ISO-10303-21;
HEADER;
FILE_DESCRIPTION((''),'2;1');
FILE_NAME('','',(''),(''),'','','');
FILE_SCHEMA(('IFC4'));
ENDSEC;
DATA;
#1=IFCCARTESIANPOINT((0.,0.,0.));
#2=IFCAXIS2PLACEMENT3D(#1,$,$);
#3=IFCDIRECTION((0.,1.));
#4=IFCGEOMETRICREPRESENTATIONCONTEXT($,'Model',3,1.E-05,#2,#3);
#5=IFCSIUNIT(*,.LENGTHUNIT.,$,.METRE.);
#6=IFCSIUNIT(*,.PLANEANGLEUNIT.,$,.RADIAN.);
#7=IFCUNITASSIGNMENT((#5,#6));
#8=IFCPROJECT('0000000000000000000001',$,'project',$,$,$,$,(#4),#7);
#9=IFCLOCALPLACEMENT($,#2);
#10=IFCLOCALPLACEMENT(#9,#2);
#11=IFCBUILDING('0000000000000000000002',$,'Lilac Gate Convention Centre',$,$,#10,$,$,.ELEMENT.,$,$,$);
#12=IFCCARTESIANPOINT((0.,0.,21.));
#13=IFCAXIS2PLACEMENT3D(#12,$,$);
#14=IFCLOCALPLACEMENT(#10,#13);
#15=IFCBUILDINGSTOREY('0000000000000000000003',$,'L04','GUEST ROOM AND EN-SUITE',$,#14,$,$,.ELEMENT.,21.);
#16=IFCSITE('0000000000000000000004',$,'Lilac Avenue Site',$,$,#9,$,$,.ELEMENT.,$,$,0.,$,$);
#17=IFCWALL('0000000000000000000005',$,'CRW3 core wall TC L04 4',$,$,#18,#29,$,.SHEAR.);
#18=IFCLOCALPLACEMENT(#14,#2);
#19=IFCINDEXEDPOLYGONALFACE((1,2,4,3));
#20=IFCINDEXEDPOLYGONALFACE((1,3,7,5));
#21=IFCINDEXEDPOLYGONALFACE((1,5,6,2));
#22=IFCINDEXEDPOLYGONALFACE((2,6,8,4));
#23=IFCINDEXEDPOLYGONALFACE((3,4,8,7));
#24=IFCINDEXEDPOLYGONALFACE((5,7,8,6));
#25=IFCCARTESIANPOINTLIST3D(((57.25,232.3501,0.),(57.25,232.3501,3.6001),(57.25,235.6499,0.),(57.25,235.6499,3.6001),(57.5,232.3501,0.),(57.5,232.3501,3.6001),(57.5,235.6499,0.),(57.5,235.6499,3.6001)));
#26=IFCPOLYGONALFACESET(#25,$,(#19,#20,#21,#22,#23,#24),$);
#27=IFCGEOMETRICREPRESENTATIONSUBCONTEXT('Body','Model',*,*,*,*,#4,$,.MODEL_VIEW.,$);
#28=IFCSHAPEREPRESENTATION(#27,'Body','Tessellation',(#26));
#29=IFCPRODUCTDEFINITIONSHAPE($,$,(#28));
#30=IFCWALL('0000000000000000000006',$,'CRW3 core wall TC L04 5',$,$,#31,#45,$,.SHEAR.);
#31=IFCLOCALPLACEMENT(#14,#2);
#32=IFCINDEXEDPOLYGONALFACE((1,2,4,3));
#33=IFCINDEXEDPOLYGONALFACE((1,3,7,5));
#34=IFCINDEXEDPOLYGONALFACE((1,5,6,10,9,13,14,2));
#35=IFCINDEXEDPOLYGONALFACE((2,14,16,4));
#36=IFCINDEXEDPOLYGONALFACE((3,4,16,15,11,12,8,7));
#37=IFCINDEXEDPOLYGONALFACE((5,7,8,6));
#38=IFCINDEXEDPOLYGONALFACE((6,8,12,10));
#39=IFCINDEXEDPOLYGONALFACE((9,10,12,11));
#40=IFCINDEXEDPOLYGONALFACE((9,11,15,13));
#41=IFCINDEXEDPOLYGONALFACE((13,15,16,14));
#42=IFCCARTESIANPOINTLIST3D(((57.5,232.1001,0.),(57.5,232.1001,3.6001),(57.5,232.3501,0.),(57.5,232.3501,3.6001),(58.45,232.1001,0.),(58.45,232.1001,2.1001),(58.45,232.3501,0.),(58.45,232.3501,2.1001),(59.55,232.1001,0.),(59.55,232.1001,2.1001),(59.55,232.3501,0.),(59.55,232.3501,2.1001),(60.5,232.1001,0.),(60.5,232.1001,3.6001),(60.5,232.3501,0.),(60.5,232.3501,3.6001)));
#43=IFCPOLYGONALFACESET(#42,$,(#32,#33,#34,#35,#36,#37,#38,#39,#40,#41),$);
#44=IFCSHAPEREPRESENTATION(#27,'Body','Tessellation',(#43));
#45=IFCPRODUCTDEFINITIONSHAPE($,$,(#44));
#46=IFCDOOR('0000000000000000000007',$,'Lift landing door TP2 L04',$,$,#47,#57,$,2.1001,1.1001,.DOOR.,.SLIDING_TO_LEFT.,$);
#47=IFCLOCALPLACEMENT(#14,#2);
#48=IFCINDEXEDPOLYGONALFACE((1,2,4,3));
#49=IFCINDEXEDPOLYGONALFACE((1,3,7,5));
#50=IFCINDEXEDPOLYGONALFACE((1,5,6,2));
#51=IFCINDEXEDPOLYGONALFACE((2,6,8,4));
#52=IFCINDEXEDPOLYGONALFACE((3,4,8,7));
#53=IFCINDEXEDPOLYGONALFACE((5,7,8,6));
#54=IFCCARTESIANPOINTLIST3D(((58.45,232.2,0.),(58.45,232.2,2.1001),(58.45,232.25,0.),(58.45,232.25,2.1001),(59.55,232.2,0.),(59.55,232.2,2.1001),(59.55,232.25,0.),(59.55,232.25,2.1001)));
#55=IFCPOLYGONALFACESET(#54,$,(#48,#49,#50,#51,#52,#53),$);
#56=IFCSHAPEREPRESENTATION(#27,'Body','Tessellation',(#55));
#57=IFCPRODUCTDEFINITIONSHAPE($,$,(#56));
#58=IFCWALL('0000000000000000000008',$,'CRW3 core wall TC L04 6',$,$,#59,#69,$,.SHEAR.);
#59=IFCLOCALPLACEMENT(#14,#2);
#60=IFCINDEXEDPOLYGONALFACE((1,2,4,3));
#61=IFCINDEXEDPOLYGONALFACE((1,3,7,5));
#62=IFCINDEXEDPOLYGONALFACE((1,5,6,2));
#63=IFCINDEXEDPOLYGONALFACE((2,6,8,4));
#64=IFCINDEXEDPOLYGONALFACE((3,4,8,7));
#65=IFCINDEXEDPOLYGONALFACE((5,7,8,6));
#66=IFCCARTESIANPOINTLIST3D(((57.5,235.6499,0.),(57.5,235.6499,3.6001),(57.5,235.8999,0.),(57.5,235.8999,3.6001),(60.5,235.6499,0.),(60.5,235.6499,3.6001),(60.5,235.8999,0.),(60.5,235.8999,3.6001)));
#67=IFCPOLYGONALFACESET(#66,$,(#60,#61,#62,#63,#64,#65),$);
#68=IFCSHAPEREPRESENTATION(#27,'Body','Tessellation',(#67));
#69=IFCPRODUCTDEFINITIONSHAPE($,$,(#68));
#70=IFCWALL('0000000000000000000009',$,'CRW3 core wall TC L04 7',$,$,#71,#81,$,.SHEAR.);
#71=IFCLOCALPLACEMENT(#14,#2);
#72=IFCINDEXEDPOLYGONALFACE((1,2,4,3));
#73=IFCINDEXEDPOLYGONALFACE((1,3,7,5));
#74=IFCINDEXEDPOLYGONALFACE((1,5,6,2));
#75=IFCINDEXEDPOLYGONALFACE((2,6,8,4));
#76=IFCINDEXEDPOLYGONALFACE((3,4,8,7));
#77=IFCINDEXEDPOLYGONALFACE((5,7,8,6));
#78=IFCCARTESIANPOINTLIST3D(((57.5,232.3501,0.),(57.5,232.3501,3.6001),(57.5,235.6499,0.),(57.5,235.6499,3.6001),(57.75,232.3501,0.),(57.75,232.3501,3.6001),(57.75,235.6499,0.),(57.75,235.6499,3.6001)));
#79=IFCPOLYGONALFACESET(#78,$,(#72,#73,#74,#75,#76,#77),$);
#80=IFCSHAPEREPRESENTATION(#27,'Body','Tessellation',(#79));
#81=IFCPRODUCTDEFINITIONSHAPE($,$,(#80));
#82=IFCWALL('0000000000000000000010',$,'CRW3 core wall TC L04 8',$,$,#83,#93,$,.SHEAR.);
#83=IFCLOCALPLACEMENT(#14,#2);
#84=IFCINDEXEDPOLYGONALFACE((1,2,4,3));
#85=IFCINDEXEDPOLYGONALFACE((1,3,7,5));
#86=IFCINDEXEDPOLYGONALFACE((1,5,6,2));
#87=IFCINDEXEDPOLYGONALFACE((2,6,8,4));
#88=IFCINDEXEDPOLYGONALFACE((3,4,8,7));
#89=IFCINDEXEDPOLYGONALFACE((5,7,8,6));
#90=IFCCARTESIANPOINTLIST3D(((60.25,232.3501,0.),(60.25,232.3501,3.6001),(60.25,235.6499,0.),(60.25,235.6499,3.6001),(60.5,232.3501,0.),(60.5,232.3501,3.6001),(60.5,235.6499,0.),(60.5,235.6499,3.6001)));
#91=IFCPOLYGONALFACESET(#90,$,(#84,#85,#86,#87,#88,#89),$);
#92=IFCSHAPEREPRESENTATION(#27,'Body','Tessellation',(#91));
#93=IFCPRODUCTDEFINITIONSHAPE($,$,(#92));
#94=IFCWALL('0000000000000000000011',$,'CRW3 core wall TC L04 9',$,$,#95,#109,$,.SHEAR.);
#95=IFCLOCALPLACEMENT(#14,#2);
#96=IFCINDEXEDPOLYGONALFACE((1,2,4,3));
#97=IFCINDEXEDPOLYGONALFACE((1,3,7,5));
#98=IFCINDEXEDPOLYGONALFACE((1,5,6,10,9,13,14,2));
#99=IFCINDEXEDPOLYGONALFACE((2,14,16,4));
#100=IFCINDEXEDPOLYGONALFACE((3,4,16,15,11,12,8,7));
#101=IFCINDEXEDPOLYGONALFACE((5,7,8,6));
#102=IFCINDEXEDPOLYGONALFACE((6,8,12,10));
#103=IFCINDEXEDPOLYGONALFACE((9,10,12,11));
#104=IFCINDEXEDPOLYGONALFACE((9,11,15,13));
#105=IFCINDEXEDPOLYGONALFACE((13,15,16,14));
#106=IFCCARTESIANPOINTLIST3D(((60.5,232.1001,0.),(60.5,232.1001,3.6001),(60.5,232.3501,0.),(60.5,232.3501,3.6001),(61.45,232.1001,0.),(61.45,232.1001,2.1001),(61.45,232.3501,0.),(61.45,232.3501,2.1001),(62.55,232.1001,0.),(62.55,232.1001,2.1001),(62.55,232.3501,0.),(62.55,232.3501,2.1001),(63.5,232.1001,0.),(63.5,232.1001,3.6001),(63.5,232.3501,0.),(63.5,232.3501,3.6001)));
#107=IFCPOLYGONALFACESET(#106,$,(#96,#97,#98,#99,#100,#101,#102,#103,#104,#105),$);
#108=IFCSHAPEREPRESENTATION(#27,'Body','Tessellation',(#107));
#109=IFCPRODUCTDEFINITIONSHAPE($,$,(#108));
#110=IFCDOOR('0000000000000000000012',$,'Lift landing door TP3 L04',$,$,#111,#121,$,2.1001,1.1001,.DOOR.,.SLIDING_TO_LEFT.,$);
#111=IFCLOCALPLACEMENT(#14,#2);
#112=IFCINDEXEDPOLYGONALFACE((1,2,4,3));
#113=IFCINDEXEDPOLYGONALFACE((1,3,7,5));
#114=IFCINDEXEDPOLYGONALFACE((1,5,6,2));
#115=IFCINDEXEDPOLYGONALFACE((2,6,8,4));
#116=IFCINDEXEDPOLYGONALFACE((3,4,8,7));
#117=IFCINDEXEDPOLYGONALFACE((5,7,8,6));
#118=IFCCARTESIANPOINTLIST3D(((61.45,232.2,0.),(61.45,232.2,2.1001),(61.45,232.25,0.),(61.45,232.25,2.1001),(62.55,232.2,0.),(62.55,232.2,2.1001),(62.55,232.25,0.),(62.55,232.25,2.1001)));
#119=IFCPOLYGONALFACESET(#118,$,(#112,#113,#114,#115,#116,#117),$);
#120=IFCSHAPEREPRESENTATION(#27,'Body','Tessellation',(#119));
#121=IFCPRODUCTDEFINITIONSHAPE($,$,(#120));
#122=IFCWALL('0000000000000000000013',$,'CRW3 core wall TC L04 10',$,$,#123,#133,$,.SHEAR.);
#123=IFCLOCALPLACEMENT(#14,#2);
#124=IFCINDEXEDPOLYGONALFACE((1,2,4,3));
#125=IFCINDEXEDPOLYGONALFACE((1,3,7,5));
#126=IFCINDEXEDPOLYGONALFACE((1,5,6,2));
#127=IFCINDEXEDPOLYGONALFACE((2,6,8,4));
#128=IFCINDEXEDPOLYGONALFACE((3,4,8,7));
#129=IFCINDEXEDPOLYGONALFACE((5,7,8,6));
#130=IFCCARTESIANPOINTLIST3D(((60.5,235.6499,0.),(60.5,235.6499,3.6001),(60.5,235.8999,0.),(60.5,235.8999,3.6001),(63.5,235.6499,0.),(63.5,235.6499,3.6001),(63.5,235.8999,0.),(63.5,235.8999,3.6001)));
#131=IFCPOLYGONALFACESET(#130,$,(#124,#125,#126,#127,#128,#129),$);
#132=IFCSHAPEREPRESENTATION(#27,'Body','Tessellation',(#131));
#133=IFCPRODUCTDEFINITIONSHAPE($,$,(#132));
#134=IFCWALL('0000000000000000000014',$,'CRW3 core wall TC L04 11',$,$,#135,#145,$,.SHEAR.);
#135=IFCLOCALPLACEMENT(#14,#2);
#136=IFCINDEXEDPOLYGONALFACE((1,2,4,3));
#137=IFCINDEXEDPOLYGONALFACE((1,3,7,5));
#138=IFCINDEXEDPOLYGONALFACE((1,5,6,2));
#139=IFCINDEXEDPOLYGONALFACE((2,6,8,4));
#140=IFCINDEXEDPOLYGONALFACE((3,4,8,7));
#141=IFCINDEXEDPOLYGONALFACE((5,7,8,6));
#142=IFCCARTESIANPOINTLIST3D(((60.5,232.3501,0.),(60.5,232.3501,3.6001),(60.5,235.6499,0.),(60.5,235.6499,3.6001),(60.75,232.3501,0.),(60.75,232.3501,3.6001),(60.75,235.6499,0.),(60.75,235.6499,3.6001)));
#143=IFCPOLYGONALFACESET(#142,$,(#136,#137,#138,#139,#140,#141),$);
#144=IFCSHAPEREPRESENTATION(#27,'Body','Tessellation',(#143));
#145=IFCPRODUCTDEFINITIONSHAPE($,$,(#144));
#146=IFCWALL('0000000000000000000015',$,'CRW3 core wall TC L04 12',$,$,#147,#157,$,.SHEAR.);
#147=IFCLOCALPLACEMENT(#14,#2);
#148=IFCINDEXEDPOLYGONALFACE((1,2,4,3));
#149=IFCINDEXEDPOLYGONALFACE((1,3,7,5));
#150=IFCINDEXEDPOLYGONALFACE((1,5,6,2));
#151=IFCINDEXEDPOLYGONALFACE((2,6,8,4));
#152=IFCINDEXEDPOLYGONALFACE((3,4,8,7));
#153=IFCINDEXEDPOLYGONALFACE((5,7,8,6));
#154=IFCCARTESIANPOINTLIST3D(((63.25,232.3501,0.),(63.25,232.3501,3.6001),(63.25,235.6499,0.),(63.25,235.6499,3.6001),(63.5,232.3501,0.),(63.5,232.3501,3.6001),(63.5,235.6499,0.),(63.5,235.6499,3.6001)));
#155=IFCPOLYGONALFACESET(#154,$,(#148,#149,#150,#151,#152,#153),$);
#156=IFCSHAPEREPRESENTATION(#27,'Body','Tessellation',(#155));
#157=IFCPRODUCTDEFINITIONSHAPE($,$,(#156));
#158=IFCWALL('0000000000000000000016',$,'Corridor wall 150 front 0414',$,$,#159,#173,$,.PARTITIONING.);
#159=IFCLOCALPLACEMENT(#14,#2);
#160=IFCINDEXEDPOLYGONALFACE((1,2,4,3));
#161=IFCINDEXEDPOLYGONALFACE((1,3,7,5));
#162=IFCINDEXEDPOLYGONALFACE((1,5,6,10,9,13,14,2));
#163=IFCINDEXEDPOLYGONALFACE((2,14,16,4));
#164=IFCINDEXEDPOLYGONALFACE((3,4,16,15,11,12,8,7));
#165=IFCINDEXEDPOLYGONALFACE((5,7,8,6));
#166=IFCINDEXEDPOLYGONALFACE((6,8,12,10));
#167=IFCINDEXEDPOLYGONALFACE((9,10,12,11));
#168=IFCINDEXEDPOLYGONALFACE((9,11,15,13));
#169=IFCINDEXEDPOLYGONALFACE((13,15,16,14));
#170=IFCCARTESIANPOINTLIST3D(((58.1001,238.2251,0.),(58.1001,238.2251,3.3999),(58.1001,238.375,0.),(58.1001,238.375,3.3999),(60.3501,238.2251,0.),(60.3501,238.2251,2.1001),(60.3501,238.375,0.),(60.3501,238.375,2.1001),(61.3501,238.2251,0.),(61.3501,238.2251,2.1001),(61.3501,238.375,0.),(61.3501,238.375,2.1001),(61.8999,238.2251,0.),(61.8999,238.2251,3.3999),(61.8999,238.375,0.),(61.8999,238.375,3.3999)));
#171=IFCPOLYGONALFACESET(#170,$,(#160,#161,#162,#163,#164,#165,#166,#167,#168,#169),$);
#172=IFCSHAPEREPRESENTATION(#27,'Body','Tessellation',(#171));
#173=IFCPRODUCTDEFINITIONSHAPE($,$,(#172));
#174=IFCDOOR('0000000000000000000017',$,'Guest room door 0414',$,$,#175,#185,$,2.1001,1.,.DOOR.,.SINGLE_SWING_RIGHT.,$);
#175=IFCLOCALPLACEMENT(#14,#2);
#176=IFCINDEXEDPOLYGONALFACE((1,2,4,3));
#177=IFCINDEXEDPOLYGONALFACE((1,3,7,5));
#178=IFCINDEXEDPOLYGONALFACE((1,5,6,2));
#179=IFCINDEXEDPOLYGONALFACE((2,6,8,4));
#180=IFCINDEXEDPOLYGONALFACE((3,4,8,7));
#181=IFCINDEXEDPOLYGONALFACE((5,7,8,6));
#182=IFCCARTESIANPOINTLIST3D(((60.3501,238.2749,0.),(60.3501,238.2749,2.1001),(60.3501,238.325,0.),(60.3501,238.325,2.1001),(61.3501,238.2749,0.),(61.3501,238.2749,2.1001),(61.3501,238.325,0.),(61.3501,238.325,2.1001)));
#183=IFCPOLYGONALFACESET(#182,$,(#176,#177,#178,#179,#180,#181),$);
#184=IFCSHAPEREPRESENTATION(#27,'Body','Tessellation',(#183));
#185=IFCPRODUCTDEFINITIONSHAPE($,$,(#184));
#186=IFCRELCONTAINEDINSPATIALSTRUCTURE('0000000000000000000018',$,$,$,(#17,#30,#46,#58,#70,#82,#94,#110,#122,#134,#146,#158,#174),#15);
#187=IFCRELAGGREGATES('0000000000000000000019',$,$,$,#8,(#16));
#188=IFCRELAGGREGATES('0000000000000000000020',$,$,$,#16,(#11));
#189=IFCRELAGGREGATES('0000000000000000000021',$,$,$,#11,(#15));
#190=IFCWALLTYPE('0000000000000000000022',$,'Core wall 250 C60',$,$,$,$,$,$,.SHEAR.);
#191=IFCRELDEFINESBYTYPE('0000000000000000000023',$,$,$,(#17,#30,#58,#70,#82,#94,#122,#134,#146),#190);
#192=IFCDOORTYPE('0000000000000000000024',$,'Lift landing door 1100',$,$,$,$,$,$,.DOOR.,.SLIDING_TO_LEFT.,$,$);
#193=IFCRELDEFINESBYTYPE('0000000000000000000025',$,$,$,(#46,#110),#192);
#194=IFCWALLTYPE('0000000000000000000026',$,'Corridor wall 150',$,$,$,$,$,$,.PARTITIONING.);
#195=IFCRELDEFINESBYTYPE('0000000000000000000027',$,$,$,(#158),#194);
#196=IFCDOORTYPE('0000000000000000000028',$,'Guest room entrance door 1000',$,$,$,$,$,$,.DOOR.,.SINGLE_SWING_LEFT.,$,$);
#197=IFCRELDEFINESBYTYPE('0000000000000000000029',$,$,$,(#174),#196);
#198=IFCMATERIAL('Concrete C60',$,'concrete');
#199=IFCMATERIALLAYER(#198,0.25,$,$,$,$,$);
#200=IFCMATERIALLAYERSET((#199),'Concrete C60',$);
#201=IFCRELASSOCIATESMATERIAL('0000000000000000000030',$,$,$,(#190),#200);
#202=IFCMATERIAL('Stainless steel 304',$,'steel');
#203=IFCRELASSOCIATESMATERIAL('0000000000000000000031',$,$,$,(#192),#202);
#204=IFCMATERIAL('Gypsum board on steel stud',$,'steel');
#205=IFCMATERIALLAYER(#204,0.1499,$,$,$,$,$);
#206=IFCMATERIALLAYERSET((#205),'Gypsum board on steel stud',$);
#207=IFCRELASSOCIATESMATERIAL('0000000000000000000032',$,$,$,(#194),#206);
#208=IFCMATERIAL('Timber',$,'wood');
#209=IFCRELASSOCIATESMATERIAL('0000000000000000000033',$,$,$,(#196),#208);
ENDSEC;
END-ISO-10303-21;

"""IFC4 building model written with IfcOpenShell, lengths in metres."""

from ifc_helpers import new_model, si_unit, direction, frame, frame_2d, origin, place, context, subcontext, project, spatial, rectangle, extrude, material, layer, layer_set, type_object, element, fill, save


model = new_model("IFC4")

# Units and contexts
model_context = context("Model", 3, precision=1e-05, world=origin(), true_north=direction((0.0, 1.0)))
body_context = subcontext(model_context, "Body", "Model", "MODEL_VIEW")
ifc_project = project(units=[si_unit("LENGTHUNIT", "METRE"), si_unit("PLANEANGLEUNIT", "RADIAN")], contexts=[model_context])

# Site, building, storey
site_placement = place(None, origin())
site = spatial("IfcSite", under=ifc_project, at=site_placement, Name="Lilac Avenue Site", CompositionType="ELEMENT", RefElevation=0.0)
building_placement = place(site_placement, origin())
building = spatial("IfcBuilding", under=site, at=building_placement, Name="Lilac Gate Convention Centre", CompositionType="ELEMENT")
storey_placement = place(building_placement, frame((0.0, 0.0, 21.0)))
storey = spatial("IfcBuildingStorey", under=building, at=storey_placement, Name="L04", Description="GUEST ROOM AND EN-SUITE", CompositionType="ELEMENT", Elevation=21.0)

# Wall
ifc_material_1 = material(Name="Concrete C60", Category="concrete")
ifc_layer_1 = layer(ifc_material_1, 0.25)
ifc_layer_set_1 = layer_set([ifc_layer_1], Name="Concrete C60")
wall_type_1 = type_object("IfcWallType", Name="Core wall 250 C60", PredefinedType="SHEAR", material=ifc_layer_set_1)
wall_1_placement = place(storey_placement, frame((57.375, 232.3501, 0.0), z_axis=(0.0, 0.0, 1.0), x_axis=(0.0, 1.0, 0.0)))
element("IfcWall", 1, at=wall_1_placement, inside=storey, type_object=wall_type_1, Name="CRW3 core wall TC L04 4", PredefinedType="SHEAR", context=body_context, shape_type="SweptSolid", body=[
    extrude(rectangle(XDim=3.2998, YDim=0.25, at=frame_2d((1.6499, 0.0))), origin(), (0.0, 0.0, 1.0), 3.6001),
])

# Wall, opening, door
wall_2_placement = place(storey_placement, frame((57.5, 232.2251, 0.0), z_axis=(0.0, 0.0, 1.0), x_axis=(1.0, 0.0, 0.0)))
wall_2 = element("IfcWall", 2, at=wall_2_placement, inside=storey, type_object=wall_type_1, Name="CRW3 core wall TC L04 5", PredefinedType="SHEAR", context=body_context, shape_type="SweptSolid", body=[
    extrude(rectangle(XDim=3.0, YDim=0.25, at=frame_2d((1.5, 0.0))), origin(), (0.0, 0.0, 1.0), 3.6001),
])
opening_1_placement = place(wall_2_placement, frame((0.95, 0.0, 0.0)))
opening_1 = element("IfcOpeningElement", 3, at=opening_1_placement, cuts=wall_2, PredefinedType="OPENING", context=body_context, shape_type="SweptSolid", body=[
    extrude(rectangle(XDim=1.1001, YDim=2.1001, at=frame_2d((0.55, 1.05))), frame((0.0, 0.135, 0.0), z_axis=(0.0, -1.0, 0.0), x_axis=(1.0, 0.0, 0.0)), (0.0, 0.0, 1.0), 0.27),
])
ifc_material_2 = material(Name="Stainless steel 304", Category="steel")
door_type_1 = type_object("IfcDoorType", Name="Lift landing door 1100", OperationType="SLIDING_TO_LEFT", PredefinedType="DOOR", material=ifc_material_2)
door_1_placement = place(opening_1_placement, origin())
door_1 = element("IfcDoor", 4, at=door_1_placement, inside=storey, type_object=door_type_1, Name="Lift landing door TP2 L04", OperationType="SLIDING_TO_LEFT", OverallHeight=2.1001, OverallWidth=1.1001, PredefinedType="DOOR", context=body_context, shape_type="SweptSolid", body=[
    extrude(rectangle(XDim=1.1001, YDim=2.1001, at=frame_2d((0.55, 1.05))), frame((0.0, 0.0249, 0.0), z_axis=(0.0, -1.0, 0.0), x_axis=(1.0, 0.0, 0.0)), (0.0, 0.0, 1.0), 0.05),
])
fill(opening_1, door_1)

# Walls
wall_3_placement = place(storey_placement, frame((57.5, 235.7749, 0.0), z_axis=(0.0, 0.0, 1.0), x_axis=(1.0, 0.0, 0.0)))
element("IfcWall", 5, at=wall_3_placement, inside=storey, type_object=wall_type_1, Name="CRW3 core wall TC L04 6", PredefinedType="SHEAR", context=body_context, shape_type="SweptSolid", body=[
    extrude(rectangle(XDim=3.0, YDim=0.25, at=frame_2d((1.5, 0.0))), origin(), (0.0, 0.0, 1.0), 3.6001),
])
for number, where, z_axis, x_axis, name in (
    (6, (57.625, 232.3501, 0.0), (0.0, 0.0, 1.0), (0.0, 1.0, 0.0), "CRW3 core wall TC L04 7"),
    (7, (60.375, 232.3501, 0.0), (0.0, 0.0, 1.0), (0.0, 1.0, 0.0), "CRW3 core wall TC L04 8"),
):
    element("IfcWall", number, at=place(storey_placement, frame(where, z_axis=z_axis, x_axis=x_axis)), inside=storey, type_object=wall_type_1, Name=name, PredefinedType="SHEAR", context=body_context, shape_type="SweptSolid", body=[
        extrude(rectangle(XDim=3.2998, YDim=0.25, at=frame_2d((1.6499, 0.0))), origin(), (0.0, 0.0, 1.0), 3.6001),
    ])

# Wall, opening, door
wall_4_placement = place(storey_placement, frame((60.5, 232.2251, 0.0), z_axis=(0.0, 0.0, 1.0), x_axis=(1.0, 0.0, 0.0)))
wall_4 = element("IfcWall", 8, at=wall_4_placement, inside=storey, type_object=wall_type_1, Name="CRW3 core wall TC L04 9", PredefinedType="SHEAR", context=body_context, shape_type="SweptSolid", body=[
    extrude(rectangle(XDim=3.0, YDim=0.25, at=frame_2d((1.5, 0.0))), origin(), (0.0, 0.0, 1.0), 3.6001),
])
opening_2_placement = place(wall_4_placement, frame((0.95, 0.0, 0.0)))
opening_2 = element("IfcOpeningElement", 9, at=opening_2_placement, cuts=wall_4, PredefinedType="OPENING", context=body_context, shape_type="SweptSolid", body=[
    extrude(rectangle(XDim=1.1001, YDim=2.1001, at=frame_2d((0.55, 1.05))), frame((0.0, 0.135, 0.0), z_axis=(0.0, -1.0, 0.0), x_axis=(1.0, 0.0, 0.0)), (0.0, 0.0, 1.0), 0.27),
])
door_2_placement = place(opening_2_placement, origin())
door_2 = element("IfcDoor", 10, at=door_2_placement, inside=storey, type_object=door_type_1, Name="Lift landing door TP3 L04", OperationType="SLIDING_TO_LEFT", OverallHeight=2.1001, OverallWidth=1.1001, PredefinedType="DOOR", context=body_context, shape_type="SweptSolid", body=[
    extrude(rectangle(XDim=1.1001, YDim=2.1001, at=frame_2d((0.55, 1.05))), frame((0.0, 0.0249, 0.0), z_axis=(0.0, -1.0, 0.0), x_axis=(1.0, 0.0, 0.0)), (0.0, 0.0, 1.0), 0.05),
])
fill(opening_2, door_2)

# Walls
wall_5_placement = place(storey_placement, frame((60.5, 235.7749, 0.0), z_axis=(0.0, 0.0, 1.0), x_axis=(1.0, 0.0, 0.0)))
element("IfcWall", 11, at=wall_5_placement, inside=storey, type_object=wall_type_1, Name="CRW3 core wall TC L04 10", PredefinedType="SHEAR", context=body_context, shape_type="SweptSolid", body=[
    extrude(rectangle(XDim=3.0, YDim=0.25, at=frame_2d((1.5, 0.0))), origin(), (0.0, 0.0, 1.0), 3.6001),
])
for number, where, z_axis, x_axis, name in (
    (12, (60.625, 232.3501, 0.0), (0.0, 0.0, 1.0), (0.0, 1.0, 0.0), "CRW3 core wall TC L04 11"),
    (13, (63.375, 232.3501, 0.0), (0.0, 0.0, 1.0), (0.0, 1.0, 0.0), "CRW3 core wall TC L04 12"),
):
    element("IfcWall", number, at=place(storey_placement, frame(where, z_axis=z_axis, x_axis=x_axis)), inside=storey, type_object=wall_type_1, Name=name, PredefinedType="SHEAR", context=body_context, shape_type="SweptSolid", body=[
        extrude(rectangle(XDim=3.2998, YDim=0.25, at=frame_2d((1.6499, 0.0))), origin(), (0.0, 0.0, 1.0), 3.6001),
    ])

# Wall, opening, door
ifc_material_3 = material(Name="Gypsum board on steel stud", Category="steel")
ifc_layer_2 = layer(ifc_material_3, 0.1499)
ifc_layer_set_2 = layer_set([ifc_layer_2], Name="Gypsum board on steel stud")
wall_type_2 = type_object("IfcWallType", Name="Corridor wall 150", PredefinedType="PARTITIONING", material=ifc_layer_set_2)
wall_6_placement = place(storey_placement, frame((58.1001, 238.3, 0.0), z_axis=(0.0, 0.0, 1.0), x_axis=(1.0, 0.0, 0.0)))
wall_6 = element("IfcWall", 14, at=wall_6_placement, inside=storey, type_object=wall_type_2, Name="Corridor wall 150 front 0414", PredefinedType="PARTITIONING", context=body_context, shape_type="SweptSolid", body=[
    extrude(rectangle(XDim=3.7998, YDim=0.1499, at=frame_2d((1.8999, 0.0))), origin(), (0.0, 0.0, 1.0), 3.3999),
])
opening_3_placement = place(wall_6_placement, frame((2.25, 0.0, 0.0)))
opening_3 = element("IfcOpeningElement", 15, at=opening_3_placement, cuts=wall_6, PredefinedType="OPENING", context=body_context, shape_type="SweptSolid", body=[
    extrude(rectangle(XDim=1.0, YDim=2.1001, at=frame_2d((0.5, 1.05))), frame((0.0, 0.085, 0.0), z_axis=(0.0, -1.0, 0.0), x_axis=(1.0, 0.0, 0.0)), (0.0, 0.0, 1.0), 0.1699),
])
ifc_material_4 = material(Name="Timber", Category="wood")
door_type_2 = type_object("IfcDoorType", Name="Guest room entrance door 1000", OperationType="SINGLE_SWING_LEFT", PredefinedType="DOOR", material=ifc_material_4)
door_3_placement = place(opening_3_placement, origin())
door_3 = element("IfcDoor", 16, at=door_3_placement, inside=storey, type_object=door_type_2, Name="Guest room door 0414", OperationType="SINGLE_SWING_RIGHT", OverallHeight=2.1001, OverallWidth=1.0, PredefinedType="DOOR", context=body_context, shape_type="SweptSolid", body=[
    extrude(rectangle(XDim=1.0, YDim=2.1001, at=frame_2d((0.5, 1.05))), frame((0.0, 0.0249, 0.0), z_axis=(0.0, -1.0, 0.0), x_axis=(1.0, 0.0, 0.0)), (0.0, 0.0, 1.0), 0.05),
])
fill(opening_3, door_3)

save(model, "model.ifc")
